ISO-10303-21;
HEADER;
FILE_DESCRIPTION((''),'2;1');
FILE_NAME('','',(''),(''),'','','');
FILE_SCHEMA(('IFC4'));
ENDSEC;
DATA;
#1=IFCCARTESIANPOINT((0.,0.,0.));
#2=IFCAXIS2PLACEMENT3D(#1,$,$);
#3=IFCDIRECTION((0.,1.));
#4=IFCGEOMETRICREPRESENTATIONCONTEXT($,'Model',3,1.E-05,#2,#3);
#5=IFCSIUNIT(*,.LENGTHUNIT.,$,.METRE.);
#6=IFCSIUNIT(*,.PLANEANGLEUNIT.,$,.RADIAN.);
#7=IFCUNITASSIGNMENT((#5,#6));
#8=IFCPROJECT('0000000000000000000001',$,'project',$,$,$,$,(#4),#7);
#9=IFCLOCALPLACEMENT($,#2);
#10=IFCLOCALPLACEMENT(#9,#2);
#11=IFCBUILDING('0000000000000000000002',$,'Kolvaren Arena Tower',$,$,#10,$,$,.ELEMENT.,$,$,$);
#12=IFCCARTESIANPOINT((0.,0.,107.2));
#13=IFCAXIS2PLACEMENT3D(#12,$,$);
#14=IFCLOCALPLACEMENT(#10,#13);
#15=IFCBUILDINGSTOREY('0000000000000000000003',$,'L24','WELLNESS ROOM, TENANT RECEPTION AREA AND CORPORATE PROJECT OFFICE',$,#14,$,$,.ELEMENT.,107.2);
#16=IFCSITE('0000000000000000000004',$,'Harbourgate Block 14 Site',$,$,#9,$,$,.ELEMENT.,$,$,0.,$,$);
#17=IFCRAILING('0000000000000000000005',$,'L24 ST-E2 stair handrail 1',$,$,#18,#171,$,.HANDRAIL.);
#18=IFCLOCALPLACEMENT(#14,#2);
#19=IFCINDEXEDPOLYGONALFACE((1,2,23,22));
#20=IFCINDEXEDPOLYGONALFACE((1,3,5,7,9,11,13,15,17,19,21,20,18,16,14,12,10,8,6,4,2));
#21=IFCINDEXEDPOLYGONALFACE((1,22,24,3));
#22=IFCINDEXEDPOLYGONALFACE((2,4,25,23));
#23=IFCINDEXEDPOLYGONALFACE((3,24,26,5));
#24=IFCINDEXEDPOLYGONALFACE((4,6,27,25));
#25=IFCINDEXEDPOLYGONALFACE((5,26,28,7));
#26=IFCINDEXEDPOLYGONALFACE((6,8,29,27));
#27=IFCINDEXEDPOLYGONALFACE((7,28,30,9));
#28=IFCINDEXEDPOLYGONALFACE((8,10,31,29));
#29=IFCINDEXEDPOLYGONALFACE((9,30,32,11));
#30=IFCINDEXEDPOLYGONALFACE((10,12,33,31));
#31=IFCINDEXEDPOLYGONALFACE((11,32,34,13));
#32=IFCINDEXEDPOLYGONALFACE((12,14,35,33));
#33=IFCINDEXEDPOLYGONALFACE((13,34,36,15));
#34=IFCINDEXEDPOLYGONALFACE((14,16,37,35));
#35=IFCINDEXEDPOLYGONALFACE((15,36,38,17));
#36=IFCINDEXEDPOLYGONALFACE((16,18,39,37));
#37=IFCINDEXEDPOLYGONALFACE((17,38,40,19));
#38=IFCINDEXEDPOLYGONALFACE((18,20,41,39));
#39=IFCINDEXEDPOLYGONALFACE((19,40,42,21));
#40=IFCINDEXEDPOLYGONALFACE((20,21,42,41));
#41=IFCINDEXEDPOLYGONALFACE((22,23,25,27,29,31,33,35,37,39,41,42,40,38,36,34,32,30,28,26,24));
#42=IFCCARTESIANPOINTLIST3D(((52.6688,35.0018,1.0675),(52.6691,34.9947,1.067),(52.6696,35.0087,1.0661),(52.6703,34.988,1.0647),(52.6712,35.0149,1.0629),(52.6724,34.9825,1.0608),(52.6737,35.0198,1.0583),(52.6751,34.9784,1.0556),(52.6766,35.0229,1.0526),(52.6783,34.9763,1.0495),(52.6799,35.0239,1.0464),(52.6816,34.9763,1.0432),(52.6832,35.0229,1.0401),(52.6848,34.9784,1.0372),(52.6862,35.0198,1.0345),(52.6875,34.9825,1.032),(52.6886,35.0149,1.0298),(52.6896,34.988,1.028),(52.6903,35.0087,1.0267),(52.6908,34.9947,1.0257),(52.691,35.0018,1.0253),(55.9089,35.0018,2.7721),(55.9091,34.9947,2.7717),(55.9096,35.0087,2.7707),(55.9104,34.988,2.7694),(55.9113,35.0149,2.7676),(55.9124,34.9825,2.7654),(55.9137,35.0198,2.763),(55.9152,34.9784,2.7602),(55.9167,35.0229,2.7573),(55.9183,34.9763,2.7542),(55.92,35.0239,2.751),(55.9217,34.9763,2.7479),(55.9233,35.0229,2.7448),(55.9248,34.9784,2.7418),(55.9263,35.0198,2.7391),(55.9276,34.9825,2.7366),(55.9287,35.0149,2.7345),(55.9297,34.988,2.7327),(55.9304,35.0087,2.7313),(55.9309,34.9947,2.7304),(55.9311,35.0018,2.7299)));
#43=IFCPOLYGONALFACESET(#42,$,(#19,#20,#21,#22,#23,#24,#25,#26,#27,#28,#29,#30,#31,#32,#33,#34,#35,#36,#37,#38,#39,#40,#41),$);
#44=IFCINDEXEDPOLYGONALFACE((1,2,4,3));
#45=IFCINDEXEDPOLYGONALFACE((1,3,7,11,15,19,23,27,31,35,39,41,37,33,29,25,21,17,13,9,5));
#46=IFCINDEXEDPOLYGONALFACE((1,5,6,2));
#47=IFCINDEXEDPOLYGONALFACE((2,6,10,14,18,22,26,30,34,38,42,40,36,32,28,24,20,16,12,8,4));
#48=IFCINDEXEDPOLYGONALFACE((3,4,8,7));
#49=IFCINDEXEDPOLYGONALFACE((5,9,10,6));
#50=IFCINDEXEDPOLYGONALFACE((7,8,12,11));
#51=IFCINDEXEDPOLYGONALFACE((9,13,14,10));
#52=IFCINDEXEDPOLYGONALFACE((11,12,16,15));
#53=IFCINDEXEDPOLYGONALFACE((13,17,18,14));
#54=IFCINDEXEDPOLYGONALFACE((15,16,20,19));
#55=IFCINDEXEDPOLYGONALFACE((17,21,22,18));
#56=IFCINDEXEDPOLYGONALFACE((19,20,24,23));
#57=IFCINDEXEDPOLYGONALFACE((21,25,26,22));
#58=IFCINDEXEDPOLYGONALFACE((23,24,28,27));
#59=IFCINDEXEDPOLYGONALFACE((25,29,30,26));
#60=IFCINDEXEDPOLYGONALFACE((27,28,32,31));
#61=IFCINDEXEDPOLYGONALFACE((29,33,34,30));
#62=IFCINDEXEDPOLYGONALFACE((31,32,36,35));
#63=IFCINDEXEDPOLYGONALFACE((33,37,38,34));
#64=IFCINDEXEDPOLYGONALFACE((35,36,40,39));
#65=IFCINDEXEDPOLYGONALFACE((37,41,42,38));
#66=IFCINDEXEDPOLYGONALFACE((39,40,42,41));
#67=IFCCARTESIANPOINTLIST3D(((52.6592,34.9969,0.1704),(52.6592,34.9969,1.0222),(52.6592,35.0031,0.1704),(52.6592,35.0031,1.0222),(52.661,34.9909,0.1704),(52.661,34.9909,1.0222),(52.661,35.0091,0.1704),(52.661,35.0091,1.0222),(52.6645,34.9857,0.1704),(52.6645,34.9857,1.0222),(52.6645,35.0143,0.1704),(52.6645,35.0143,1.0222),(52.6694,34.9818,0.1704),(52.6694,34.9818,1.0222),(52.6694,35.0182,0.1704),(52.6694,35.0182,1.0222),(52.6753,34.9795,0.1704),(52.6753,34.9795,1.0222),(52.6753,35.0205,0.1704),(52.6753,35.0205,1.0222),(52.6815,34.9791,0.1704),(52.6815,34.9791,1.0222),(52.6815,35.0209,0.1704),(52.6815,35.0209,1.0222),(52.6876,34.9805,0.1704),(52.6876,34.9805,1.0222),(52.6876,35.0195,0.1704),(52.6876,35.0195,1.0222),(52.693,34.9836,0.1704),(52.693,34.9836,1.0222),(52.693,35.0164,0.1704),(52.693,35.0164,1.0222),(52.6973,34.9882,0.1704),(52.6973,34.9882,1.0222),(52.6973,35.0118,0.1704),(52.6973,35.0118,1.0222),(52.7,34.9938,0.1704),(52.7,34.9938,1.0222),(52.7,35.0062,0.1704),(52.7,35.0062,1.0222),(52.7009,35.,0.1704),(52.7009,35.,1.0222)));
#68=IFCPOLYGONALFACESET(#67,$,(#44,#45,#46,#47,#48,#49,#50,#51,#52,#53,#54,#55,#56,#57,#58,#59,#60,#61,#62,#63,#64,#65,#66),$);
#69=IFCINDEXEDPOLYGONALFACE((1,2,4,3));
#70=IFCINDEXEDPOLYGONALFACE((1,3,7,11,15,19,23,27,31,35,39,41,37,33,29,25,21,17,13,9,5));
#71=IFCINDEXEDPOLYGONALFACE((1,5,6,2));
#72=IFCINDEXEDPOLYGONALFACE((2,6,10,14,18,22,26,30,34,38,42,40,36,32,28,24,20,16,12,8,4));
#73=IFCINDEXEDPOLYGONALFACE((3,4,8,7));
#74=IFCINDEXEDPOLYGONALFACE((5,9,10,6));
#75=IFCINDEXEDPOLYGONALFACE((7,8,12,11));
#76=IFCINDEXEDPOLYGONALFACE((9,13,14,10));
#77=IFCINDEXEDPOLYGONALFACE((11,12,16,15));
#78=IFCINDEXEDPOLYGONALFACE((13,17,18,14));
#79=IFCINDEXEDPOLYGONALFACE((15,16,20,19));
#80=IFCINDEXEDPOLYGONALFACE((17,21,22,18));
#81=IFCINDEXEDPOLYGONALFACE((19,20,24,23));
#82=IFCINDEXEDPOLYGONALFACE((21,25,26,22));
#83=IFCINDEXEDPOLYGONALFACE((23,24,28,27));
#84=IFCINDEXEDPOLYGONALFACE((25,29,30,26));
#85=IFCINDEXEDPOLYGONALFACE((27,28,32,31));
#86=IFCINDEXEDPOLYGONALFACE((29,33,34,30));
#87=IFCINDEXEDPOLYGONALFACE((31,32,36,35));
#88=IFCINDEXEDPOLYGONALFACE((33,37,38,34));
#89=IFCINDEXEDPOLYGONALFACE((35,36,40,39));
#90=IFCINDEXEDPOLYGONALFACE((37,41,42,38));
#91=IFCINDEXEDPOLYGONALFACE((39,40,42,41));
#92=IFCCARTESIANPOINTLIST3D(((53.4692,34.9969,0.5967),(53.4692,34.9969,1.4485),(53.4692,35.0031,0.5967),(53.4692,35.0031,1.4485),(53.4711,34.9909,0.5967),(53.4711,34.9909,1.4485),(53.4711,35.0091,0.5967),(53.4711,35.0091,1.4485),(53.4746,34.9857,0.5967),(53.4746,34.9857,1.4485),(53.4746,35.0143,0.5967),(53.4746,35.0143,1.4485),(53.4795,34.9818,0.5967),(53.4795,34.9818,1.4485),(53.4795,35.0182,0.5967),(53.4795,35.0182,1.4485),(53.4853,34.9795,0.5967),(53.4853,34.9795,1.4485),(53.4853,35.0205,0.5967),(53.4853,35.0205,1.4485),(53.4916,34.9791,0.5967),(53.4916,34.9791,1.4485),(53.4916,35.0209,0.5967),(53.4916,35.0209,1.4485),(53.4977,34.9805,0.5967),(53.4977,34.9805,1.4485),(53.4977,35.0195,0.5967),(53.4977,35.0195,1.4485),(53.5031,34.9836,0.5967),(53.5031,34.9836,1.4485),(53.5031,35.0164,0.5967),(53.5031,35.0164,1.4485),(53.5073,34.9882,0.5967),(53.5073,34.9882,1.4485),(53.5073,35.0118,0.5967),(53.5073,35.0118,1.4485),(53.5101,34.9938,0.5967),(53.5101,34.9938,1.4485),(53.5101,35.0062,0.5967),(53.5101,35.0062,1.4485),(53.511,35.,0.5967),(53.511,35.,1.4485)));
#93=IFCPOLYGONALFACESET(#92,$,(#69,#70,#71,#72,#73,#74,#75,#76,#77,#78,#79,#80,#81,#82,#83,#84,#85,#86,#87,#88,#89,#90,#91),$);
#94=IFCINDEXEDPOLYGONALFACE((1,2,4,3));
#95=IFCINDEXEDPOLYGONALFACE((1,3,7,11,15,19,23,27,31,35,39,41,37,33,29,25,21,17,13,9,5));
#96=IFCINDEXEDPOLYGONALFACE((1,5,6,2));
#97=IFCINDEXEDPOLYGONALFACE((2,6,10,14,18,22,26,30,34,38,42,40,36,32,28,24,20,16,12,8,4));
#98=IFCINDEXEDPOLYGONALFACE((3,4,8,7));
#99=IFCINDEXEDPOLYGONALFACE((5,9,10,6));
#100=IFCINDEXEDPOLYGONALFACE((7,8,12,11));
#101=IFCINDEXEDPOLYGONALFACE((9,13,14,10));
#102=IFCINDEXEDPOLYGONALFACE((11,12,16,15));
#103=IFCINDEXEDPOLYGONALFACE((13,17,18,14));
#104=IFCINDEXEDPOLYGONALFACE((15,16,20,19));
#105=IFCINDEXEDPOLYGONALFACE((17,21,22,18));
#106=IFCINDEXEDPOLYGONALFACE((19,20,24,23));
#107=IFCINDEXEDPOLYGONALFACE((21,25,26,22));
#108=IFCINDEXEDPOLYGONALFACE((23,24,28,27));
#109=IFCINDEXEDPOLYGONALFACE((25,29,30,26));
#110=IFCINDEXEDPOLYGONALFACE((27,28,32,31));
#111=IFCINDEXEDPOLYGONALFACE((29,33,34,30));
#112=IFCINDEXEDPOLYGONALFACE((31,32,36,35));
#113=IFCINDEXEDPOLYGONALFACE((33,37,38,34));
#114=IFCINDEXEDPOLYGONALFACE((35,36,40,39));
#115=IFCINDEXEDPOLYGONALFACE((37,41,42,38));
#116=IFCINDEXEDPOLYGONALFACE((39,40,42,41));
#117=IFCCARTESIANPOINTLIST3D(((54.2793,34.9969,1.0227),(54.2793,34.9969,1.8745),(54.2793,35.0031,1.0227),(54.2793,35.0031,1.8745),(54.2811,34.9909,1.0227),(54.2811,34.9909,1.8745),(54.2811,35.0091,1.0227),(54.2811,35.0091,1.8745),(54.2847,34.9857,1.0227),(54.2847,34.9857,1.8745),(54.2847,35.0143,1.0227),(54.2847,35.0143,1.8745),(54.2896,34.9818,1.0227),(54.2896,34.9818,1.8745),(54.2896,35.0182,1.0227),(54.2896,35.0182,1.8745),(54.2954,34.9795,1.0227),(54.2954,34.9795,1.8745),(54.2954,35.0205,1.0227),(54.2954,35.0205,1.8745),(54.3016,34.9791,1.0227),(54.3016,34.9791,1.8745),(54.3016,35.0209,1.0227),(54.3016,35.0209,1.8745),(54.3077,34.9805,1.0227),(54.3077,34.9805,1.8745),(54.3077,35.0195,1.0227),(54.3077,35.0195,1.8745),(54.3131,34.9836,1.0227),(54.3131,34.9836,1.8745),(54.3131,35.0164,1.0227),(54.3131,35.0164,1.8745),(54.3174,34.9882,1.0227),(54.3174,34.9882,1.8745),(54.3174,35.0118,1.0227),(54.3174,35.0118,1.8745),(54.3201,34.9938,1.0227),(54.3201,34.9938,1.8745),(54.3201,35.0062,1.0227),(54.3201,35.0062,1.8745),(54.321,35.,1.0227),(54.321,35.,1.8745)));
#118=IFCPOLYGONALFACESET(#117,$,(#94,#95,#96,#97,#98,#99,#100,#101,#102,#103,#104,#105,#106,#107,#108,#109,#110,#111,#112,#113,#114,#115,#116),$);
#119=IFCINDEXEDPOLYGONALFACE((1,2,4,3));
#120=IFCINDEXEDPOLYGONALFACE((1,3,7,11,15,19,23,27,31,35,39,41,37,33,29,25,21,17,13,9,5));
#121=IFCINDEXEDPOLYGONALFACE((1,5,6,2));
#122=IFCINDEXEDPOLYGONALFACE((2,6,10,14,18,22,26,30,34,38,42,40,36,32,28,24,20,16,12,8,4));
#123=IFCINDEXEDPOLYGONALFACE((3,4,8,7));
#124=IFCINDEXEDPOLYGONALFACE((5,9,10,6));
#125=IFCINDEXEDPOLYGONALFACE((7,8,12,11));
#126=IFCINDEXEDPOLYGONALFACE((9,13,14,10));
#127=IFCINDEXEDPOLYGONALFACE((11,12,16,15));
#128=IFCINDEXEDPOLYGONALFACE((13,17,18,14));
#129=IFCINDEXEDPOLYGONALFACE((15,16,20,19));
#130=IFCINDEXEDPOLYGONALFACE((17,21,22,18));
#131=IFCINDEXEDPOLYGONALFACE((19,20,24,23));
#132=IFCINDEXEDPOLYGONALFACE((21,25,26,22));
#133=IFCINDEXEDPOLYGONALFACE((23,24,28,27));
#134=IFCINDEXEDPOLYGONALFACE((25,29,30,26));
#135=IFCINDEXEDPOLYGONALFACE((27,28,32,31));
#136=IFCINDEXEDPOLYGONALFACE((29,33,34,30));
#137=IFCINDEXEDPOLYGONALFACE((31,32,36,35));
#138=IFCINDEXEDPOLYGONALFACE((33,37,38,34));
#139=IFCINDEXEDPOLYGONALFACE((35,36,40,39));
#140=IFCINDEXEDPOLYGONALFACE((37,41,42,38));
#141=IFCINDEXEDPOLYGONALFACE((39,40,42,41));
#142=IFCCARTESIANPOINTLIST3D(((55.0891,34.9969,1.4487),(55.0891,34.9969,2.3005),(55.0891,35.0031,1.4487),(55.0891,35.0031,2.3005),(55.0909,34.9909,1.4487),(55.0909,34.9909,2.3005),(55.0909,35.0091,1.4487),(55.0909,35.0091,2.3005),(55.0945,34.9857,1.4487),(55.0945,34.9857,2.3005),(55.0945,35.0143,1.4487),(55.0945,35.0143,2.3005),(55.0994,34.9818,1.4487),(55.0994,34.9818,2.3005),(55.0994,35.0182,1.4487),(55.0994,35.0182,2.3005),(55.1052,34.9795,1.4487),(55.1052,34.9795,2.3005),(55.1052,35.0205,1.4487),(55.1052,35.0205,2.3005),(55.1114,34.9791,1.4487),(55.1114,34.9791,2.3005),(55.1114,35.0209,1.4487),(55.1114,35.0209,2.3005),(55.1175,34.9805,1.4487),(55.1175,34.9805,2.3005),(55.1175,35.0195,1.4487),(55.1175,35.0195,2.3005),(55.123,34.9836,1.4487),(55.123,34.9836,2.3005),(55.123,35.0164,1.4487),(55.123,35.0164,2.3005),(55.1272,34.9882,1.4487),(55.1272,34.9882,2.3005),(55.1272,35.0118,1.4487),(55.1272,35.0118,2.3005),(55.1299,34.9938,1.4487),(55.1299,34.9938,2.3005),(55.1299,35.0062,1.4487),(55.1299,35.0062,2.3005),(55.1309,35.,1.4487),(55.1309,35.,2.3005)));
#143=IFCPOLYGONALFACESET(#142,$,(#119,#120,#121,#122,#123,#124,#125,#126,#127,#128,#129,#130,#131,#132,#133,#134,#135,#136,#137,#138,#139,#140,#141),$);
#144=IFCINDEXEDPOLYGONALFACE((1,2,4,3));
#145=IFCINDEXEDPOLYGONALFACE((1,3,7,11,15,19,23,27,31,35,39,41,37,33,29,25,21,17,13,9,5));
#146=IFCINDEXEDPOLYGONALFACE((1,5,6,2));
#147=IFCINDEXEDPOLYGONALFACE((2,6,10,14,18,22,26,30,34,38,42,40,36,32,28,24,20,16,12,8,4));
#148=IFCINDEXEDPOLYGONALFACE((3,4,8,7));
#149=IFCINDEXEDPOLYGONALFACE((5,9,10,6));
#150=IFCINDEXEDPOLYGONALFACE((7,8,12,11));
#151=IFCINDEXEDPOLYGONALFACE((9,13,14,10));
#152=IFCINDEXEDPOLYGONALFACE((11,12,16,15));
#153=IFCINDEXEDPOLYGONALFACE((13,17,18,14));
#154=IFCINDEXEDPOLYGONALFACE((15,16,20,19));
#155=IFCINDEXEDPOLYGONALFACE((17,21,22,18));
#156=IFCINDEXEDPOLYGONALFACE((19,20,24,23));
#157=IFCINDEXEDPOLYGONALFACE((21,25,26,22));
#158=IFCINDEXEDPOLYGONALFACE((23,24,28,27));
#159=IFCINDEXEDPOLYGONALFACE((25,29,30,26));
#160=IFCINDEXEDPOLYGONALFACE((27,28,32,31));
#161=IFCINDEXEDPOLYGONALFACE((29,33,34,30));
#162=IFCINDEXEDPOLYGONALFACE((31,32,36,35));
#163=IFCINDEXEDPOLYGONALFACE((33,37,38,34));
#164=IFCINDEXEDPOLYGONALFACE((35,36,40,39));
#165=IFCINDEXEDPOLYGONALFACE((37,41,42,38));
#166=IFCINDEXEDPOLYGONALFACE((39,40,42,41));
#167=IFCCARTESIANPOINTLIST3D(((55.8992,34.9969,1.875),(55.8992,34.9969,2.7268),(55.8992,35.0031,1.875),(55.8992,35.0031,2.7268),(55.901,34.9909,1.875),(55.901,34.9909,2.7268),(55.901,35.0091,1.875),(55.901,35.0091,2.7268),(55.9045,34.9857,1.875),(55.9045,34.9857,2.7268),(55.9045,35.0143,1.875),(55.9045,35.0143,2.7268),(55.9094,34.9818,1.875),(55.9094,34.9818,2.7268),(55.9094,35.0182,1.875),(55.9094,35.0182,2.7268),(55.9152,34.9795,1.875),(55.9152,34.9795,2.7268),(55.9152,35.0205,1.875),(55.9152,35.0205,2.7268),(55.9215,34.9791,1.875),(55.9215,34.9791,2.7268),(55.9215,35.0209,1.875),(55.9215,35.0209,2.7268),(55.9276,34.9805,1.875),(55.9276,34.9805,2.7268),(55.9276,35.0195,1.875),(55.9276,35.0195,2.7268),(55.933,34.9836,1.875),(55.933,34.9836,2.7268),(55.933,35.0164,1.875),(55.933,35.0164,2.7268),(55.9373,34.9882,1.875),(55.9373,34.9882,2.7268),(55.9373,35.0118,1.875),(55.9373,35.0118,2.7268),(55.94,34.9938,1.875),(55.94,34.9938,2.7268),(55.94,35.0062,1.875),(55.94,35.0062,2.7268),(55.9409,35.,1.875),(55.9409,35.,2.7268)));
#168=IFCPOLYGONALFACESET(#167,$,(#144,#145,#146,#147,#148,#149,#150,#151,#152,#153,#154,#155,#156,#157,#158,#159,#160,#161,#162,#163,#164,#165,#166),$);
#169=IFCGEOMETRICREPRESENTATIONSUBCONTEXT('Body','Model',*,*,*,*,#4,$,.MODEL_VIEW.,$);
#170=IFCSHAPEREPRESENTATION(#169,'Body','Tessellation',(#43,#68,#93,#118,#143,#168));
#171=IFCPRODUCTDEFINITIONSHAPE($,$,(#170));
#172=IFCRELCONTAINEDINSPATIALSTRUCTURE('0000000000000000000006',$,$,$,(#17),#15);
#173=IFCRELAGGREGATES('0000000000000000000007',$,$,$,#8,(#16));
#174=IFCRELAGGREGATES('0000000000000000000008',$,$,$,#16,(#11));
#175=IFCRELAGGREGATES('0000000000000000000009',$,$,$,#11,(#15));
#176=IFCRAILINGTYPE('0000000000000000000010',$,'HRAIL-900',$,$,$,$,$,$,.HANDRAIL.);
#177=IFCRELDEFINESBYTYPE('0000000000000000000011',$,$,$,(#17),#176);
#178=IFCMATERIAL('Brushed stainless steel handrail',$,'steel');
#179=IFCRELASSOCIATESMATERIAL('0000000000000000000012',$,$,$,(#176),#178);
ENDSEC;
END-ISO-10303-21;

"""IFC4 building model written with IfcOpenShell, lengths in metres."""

from ifc_helpers import new_model, si_unit, direction, frame, origin, origin_2d, place, context, subcontext, project, spatial, circle, extrude, material, type_object, element, save


model = new_model("IFC4")

# Units and contexts
model_context = context("Model", 3, precision=1e-05, world=origin(), true_north=direction((0.0, 1.0)))
body_context = subcontext(model_context, "Body", "Model", "MODEL_VIEW")
ifc_project = project(units=[si_unit("LENGTHUNIT", "METRE"), si_unit("PLANEANGLEUNIT", "RADIAN")], contexts=[model_context])

# Site, building, storey
site_placement = place(None, origin())
site = spatial("IfcSite", under=ifc_project, at=site_placement, Name="Harbourgate Block 14 Site", CompositionType="ELEMENT", RefElevation=0.0)
building_placement = place(site_placement, origin())
building = spatial("IfcBuilding", under=site, at=building_placement, Name="Kolvaren Arena Tower", CompositionType="ELEMENT")
storey_placement = place(building_placement, frame((0.0, 0.0, 107.2)))
storey = spatial("IfcBuildingStorey", under=building, at=storey_placement, Name="L24", Description="WELLNESS ROOM, TENANT RECEPTION AREA AND CORPORATE PROJECT OFFICE", CompositionType="ELEMENT", Elevation=107.2)

# Railing
ifc_material_1 = material(Name="Brushed stainless steel handrail", Category="steel")
railing_type_1 = type_object("IfcRailingType", Name="HRAIL-900", PredefinedType="HANDRAIL", material=ifc_material_1)
for number, where, name in (
    (1, (52.6799, 35.0, 0.1704), "L24 ST-E2 stair handrail 1"),
):
    element("IfcRailing", number, at=place(storey_placement, frame(where)), inside=storey, type_object=railing_type_1, Name=name, PredefinedType="HANDRAIL", context=body_context, shape_type="SweptSolid", body=[
        extrude(circle(Radius=0.0239, at=origin_2d()), frame((0.0, 0.0, 0.876), z_axis=(0.884993, 0.0, 0.465604), x_axis=(0.0, 1.0, 0.0)), (0.0, 0.0, 1.0), 3.6611),
        extrude(circle(Radius=0.021, at=origin_2d()), origin(), (0.0, 0.0, 1.0), 0.8518),
        extrude(circle(Radius=0.021, at=origin_2d()), frame((0.8101, 0.0, 0.4263)), (0.0, 0.0, 1.0), 0.8518),
        extrude(circle(Radius=0.021, at=origin_2d()), frame((1.6201, 0.0, 0.8523)), (0.0, 0.0, 1.0), 0.8518),
        extrude(circle(Radius=0.021, at=origin_2d()), frame((2.4299, 0.0, 1.2783)), (0.0, 0.0, 1.0), 0.8518),
        extrude(circle(Radius=0.021, at=origin_2d()), frame((3.24, 0.0, 1.7046)), (0.0, 0.0, 1.0), 0.8518),
    ])

save(model, "model.ifc")
